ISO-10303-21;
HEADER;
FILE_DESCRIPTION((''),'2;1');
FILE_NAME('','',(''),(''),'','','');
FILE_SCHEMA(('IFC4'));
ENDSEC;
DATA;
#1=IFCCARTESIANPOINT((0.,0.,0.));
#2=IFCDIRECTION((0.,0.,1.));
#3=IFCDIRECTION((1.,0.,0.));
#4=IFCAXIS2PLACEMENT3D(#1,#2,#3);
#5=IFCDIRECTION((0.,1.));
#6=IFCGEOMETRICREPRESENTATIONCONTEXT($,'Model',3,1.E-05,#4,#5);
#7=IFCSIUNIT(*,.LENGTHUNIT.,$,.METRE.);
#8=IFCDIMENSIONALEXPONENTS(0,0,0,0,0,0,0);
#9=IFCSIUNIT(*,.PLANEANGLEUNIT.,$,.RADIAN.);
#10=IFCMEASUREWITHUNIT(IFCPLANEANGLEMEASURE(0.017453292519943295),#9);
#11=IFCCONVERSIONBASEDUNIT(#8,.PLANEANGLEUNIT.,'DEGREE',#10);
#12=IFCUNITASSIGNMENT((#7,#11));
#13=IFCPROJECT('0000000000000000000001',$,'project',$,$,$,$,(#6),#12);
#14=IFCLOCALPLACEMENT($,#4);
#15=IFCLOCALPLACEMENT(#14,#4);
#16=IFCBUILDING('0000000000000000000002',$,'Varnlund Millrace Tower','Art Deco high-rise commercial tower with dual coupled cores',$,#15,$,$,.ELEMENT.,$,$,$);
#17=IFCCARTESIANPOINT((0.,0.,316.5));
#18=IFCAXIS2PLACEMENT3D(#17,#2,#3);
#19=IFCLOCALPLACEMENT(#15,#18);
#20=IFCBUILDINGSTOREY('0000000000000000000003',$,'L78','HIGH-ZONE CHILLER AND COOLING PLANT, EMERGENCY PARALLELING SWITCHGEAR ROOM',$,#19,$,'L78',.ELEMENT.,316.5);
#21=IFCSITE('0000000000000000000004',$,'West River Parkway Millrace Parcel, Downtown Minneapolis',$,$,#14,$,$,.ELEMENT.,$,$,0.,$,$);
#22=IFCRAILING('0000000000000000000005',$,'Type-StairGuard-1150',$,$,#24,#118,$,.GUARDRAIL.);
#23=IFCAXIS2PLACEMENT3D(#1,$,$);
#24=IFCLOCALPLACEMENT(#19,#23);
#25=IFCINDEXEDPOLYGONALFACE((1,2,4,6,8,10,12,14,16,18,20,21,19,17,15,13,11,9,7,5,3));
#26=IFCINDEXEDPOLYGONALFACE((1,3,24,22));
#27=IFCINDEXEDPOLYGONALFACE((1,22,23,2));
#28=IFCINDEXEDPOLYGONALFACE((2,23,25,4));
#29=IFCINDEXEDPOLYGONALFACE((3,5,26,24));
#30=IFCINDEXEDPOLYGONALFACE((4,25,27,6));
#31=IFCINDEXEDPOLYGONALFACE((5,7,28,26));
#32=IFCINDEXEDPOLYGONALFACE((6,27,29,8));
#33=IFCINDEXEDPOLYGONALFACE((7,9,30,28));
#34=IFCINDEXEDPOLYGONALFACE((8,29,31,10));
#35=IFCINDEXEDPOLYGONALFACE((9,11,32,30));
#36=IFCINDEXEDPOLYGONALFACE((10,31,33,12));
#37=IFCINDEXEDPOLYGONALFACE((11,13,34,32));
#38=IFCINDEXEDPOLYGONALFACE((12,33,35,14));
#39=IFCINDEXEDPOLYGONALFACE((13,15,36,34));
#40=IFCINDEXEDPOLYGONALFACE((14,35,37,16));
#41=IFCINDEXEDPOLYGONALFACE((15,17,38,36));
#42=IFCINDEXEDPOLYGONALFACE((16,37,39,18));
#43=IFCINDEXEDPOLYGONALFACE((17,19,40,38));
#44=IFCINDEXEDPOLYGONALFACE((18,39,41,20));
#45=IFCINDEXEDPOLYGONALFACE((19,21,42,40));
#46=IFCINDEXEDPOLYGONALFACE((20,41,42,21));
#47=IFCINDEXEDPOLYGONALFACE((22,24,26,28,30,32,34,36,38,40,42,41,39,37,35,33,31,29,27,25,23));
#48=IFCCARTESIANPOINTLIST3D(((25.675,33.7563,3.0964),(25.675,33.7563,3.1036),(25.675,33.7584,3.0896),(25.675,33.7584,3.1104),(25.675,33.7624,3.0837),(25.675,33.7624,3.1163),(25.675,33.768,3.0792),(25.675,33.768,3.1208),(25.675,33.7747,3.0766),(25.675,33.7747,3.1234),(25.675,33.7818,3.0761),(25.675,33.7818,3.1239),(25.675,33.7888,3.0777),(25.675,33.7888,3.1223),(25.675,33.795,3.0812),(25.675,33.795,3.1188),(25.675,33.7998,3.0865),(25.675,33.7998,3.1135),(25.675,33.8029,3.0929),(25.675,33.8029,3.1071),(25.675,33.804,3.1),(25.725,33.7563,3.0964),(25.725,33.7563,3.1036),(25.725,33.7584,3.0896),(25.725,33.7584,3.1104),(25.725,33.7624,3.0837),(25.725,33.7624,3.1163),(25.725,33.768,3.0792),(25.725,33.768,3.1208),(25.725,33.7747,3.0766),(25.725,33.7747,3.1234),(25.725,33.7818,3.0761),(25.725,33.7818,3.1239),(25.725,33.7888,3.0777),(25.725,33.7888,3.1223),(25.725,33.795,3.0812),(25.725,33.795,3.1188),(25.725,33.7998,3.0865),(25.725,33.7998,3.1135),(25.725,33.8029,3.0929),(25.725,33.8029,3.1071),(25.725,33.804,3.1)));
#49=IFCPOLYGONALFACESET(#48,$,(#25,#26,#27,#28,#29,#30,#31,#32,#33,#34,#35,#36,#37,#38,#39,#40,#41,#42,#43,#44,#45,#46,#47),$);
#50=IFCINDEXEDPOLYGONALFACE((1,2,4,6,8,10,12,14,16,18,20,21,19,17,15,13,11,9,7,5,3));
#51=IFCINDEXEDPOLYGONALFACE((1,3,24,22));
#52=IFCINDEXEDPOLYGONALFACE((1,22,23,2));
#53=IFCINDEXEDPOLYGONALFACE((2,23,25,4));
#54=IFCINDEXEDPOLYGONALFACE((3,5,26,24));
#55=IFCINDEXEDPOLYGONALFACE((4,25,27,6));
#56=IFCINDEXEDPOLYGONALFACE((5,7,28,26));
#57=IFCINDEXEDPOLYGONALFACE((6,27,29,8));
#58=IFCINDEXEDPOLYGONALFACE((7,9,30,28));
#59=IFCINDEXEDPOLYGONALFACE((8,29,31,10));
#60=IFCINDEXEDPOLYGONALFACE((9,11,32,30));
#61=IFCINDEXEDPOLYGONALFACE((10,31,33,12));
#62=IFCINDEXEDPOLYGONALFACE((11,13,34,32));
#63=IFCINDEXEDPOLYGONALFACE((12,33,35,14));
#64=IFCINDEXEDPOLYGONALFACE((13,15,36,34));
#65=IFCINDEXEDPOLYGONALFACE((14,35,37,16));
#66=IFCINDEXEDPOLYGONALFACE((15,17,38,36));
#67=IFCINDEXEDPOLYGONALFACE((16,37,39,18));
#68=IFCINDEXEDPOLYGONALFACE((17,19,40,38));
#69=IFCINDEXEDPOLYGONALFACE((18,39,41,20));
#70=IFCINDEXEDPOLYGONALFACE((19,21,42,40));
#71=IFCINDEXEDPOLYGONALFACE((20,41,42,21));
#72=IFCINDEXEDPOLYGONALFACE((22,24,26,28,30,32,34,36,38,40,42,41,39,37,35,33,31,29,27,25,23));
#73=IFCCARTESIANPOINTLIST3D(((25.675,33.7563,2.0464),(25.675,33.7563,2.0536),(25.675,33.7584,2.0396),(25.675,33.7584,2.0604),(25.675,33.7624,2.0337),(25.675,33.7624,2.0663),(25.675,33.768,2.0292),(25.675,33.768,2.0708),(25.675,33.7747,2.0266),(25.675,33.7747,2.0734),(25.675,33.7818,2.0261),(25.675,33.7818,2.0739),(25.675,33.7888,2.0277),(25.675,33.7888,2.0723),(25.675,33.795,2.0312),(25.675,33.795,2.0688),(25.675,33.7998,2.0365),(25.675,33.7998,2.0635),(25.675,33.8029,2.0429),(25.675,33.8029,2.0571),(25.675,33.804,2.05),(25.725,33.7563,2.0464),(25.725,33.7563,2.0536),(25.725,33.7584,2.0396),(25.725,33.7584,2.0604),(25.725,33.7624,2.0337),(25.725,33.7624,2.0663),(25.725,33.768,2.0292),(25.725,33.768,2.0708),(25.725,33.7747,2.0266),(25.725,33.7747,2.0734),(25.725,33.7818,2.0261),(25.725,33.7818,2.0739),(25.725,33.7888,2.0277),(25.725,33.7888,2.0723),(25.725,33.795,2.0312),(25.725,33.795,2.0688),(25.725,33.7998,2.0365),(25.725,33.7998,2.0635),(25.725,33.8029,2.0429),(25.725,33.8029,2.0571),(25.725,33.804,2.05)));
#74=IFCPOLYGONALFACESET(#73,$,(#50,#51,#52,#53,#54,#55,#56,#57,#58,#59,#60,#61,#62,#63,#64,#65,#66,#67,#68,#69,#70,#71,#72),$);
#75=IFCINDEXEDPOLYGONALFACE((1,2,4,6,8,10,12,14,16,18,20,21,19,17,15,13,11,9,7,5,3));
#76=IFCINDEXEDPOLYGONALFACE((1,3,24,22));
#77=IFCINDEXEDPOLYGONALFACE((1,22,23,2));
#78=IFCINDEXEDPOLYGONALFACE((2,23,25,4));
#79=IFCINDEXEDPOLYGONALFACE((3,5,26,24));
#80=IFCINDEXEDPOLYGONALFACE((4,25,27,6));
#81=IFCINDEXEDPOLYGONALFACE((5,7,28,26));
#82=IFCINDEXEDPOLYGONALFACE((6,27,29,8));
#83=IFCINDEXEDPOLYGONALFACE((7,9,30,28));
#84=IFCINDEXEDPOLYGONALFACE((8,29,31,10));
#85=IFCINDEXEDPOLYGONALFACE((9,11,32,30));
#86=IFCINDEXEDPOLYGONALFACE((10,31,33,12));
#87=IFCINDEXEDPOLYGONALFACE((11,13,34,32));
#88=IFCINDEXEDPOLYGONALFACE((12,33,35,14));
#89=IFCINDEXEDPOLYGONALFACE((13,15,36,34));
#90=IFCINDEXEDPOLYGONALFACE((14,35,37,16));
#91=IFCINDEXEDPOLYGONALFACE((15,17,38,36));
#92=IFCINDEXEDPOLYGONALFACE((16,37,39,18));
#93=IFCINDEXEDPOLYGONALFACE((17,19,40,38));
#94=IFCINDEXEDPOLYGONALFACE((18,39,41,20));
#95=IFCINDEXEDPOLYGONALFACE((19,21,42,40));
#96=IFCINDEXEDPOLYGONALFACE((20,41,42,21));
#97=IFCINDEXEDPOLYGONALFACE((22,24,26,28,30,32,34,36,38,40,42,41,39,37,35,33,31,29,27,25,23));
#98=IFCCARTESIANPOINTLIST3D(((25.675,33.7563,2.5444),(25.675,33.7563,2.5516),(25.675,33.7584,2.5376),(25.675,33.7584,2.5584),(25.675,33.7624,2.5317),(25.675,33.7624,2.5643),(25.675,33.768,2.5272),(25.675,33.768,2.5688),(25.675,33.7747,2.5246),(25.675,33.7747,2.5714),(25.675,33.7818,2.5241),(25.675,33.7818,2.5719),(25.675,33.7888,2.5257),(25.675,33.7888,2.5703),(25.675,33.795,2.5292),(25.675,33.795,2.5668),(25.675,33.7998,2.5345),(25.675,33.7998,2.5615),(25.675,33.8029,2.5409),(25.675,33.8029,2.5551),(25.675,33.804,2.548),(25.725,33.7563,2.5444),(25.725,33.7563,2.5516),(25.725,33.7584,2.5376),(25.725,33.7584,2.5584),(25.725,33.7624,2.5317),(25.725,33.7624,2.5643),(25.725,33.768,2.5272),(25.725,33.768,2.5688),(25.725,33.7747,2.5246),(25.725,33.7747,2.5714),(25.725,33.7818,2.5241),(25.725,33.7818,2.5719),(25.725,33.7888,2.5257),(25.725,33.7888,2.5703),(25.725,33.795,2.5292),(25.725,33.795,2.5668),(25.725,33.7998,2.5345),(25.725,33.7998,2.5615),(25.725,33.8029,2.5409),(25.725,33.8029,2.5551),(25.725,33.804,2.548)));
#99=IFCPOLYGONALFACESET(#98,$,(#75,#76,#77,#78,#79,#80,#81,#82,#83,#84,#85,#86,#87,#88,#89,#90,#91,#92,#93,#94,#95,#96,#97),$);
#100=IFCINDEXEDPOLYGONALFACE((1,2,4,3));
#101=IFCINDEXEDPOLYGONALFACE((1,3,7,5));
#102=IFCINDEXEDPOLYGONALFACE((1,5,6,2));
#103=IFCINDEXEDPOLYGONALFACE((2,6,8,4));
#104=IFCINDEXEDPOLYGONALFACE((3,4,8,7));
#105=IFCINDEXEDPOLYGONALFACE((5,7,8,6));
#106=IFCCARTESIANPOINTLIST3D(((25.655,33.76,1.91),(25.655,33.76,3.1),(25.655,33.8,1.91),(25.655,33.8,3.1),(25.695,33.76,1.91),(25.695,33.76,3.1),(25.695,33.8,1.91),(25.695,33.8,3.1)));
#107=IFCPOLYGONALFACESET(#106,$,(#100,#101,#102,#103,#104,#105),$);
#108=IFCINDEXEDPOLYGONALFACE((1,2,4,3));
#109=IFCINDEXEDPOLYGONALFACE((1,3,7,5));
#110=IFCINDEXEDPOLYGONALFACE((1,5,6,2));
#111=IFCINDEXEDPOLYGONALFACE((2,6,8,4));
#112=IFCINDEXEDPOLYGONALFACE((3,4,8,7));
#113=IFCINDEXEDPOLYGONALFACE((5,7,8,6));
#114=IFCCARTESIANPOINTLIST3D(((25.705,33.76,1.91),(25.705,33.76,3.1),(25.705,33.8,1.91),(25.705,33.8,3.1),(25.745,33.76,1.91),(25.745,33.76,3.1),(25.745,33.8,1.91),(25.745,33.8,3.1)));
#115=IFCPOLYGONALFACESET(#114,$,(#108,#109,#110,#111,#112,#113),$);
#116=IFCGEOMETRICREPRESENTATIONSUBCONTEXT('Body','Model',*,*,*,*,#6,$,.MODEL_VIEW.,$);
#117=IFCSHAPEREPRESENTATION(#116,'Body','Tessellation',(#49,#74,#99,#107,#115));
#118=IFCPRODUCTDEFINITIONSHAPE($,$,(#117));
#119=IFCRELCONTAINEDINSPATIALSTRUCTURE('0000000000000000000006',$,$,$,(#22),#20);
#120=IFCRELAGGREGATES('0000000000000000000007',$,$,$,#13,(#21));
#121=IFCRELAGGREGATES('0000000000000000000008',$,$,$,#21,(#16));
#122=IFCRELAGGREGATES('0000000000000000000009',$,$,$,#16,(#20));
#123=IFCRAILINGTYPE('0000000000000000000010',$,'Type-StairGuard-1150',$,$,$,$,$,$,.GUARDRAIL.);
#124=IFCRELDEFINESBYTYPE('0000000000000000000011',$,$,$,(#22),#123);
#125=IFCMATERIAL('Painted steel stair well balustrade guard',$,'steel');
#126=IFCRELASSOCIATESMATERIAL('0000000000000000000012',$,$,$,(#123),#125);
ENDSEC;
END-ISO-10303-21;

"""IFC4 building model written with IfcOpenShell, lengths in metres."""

from ifc_helpers import new_model, entity, si_unit, converted_unit, direction, frame, origin_with_axes, origin_2d_with_axis, place, context, subcontext, project, spatial, rectangle, circle, extrude, material, type_object, element, save


model = new_model("IFC4")

# Units and contexts
model_context = context("Model", 3, precision=1e-05, world=origin_with_axes(), true_north=direction((0.0, 1.0)))
body_context = subcontext(model_context, "Body", "Model", "MODEL_VIEW")
ifc_project = project(units=[si_unit("LENGTHUNIT", "METRE"), converted_unit("PLANEANGLEUNIT", "DEGREE", entity("IfcPlaneAngleMeasure", 0.017453292519943295), si_unit("PLANEANGLEUNIT", "RADIAN"), dimensions=[0, 0, 0, 0, 0, 0, 0])], contexts=[model_context])

# Site, building, storey
site_placement = place(None, origin_with_axes())
site = spatial("IfcSite", under=ifc_project, at=site_placement, Name="West River Parkway Millrace Parcel, Downtown Minneapolis", CompositionType="ELEMENT", RefElevation=0.0)
building_placement = place(site_placement, origin_with_axes())
building = spatial("IfcBuilding", under=site, at=building_placement, Name="Varnlund Millrace Tower", Description="Art Deco high-rise commercial tower with dual coupled cores", CompositionType="ELEMENT")
storey_placement = place(building_placement, frame((0.0, 0.0, 316.5), z_axis=(0.0, 0.0, 1.0), x_axis=(1.0, 0.0, 0.0)))
storey = spatial("IfcBuildingStorey", under=building, at=storey_placement, Name="L78", Description="HIGH-ZONE CHILLER AND COOLING PLANT, EMERGENCY PARALLELING SWITCHGEAR ROOM", LongName="L78", CompositionType="ELEMENT", Elevation=316.5)

# Railing
ifc_material_1 = material(Name="Painted steel stair well balustrade guard", Category="steel")
railing_type_1 = type_object("IfcRailingType", Name="Type-StairGuard-1150", PredefinedType="GUARDRAIL", material=ifc_material_1)
railing_1_placement = place(storey_placement, frame((0.0, 0.0, -316.5), z_axis=(0.0, 0.0, 1.0), x_axis=(1.0, 0.0, 0.0)))
element("IfcRailing", 1, at=railing_1_placement, inside=storey, type_object=railing_type_1, Name="Type-StairGuard-1150", PredefinedType="GUARDRAIL", context=body_context, shape_type="SweptSolid", body=[
    extrude(circle(Radius=0.024, at=origin_2d_with_axis()), frame((25.675, 33.78, 319.6), z_axis=(1.0, 0.0, 0.0), x_axis=(0.0, 1.0, 0.0)), (0.0, 0.0, 1.0), 0.05),
    extrude(circle(Radius=0.024, at=origin_2d_with_axis()), frame((25.675, 33.78, 318.55), z_axis=(1.0, 0.0, 0.0), x_axis=(0.0, 1.0, 0.0)), (0.0, 0.0, 1.0), 0.05),
    extrude(circle(Radius=0.024, at=origin_2d_with_axis()), frame((25.675, 33.78, 319.048), z_axis=(1.0, 0.0, 0.0), x_axis=(0.0, 1.0, 0.0)), (0.0, 0.0, 1.0), 0.05),
    extrude(rectangle(XDim=0.04, YDim=0.04, at=origin_2d_with_axis()), frame((25.675, 33.78, 318.41), z_axis=(0.0, 0.0, 1.0), x_axis=(1.0, 0.0, 0.0)), (0.0, 0.0, 1.0), 1.19),
    extrude(rectangle(XDim=0.04, YDim=0.04, at=origin_2d_with_axis()), frame((25.725, 33.78, 318.41), z_axis=(0.0, 0.0, 1.0), x_axis=(1.0, 0.0, 0.0)), (0.0, 0.0, 1.0), 1.19),
])

save(model, "model.ifc")
